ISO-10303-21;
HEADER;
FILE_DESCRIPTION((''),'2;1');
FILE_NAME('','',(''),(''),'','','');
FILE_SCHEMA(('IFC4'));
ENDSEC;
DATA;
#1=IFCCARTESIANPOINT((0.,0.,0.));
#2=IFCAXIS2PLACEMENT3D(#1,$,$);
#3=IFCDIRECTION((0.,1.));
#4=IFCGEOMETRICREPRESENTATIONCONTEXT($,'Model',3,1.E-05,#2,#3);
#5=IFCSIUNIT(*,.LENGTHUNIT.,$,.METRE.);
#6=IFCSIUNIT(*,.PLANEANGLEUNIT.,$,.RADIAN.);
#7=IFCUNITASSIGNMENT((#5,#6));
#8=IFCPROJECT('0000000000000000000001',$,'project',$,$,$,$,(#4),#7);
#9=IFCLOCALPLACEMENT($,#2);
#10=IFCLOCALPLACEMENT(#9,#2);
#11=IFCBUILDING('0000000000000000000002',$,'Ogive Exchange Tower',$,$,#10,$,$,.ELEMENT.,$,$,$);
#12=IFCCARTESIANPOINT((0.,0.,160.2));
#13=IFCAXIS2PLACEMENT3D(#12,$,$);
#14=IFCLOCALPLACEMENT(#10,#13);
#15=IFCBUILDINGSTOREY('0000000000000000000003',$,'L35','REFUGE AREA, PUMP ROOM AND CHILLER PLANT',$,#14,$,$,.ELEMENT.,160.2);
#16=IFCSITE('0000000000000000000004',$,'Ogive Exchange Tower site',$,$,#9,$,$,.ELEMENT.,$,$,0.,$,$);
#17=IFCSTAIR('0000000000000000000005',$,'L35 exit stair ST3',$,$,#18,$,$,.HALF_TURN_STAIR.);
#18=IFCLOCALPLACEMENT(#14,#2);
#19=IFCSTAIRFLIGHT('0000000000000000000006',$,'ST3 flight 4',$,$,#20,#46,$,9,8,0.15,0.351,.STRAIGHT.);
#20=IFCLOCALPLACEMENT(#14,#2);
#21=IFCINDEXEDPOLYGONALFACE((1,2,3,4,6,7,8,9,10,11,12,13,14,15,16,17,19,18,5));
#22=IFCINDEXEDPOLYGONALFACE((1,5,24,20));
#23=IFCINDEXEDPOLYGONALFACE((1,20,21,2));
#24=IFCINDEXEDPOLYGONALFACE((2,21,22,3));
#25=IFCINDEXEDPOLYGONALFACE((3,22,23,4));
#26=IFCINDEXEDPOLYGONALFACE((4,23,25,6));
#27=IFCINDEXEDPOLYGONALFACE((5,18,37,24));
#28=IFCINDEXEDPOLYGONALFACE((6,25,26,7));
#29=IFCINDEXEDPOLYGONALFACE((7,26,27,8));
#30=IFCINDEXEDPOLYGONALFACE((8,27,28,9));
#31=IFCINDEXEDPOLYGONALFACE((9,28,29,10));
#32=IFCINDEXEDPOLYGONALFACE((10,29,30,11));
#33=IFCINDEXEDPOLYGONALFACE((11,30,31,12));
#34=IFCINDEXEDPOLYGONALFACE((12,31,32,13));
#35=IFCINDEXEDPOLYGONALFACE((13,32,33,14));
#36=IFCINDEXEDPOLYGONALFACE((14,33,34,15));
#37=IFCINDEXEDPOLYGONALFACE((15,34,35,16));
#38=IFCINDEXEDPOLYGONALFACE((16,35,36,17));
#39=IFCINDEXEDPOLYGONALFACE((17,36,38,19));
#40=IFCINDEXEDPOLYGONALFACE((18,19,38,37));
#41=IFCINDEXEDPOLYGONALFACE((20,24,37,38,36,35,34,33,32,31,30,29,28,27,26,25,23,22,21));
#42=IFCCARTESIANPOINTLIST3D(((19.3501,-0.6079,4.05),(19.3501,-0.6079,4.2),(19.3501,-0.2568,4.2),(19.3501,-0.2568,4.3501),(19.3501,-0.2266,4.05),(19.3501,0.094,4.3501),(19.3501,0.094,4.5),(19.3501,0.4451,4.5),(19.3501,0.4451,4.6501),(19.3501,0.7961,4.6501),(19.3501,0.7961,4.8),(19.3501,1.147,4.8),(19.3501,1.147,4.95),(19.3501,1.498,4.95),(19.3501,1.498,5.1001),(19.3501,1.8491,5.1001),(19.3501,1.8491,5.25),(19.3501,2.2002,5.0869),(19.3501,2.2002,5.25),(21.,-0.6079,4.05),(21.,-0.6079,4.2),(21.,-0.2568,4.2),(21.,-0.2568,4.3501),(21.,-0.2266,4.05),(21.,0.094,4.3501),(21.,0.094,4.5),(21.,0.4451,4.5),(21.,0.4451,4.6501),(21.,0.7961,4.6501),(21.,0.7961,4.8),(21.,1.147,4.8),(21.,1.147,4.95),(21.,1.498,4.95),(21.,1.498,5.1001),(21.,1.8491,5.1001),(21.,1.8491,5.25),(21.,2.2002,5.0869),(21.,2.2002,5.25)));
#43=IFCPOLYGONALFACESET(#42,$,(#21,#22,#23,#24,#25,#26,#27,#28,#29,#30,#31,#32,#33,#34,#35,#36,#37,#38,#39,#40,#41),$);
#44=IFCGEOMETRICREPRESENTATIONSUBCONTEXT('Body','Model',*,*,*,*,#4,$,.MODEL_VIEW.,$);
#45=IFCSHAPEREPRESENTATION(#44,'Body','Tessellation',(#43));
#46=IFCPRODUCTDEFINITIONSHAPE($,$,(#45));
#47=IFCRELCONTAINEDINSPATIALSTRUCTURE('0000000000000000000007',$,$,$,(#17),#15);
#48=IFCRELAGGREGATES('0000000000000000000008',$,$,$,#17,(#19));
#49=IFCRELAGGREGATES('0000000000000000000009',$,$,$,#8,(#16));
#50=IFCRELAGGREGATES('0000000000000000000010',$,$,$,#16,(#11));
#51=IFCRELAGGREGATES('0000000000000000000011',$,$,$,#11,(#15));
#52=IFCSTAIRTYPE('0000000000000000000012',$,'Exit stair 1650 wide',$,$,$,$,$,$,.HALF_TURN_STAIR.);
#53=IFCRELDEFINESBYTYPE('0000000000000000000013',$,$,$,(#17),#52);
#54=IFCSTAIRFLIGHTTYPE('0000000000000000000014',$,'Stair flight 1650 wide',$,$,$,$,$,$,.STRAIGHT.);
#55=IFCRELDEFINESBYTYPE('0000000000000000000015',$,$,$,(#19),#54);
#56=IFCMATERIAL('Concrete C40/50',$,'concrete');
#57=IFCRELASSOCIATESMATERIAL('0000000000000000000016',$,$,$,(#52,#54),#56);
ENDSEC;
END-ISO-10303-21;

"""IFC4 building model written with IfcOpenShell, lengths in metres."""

from ifc_helpers import new_model, si_unit, direction, frame, origin, place, context, subcontext, project, spatial, polyline, outline, extrude, material, type_object, element, aggregate, save


model = new_model("IFC4")

# Units and contexts
model_context = context("Model", 3, precision=1e-05, world=origin(), true_north=direction((0.0, 1.0)))
body_context = subcontext(model_context, "Body", "Model", "MODEL_VIEW")
ifc_project = project(units=[si_unit("LENGTHUNIT", "METRE"), si_unit("PLANEANGLEUNIT", "RADIAN")], contexts=[model_context])

# Site, building, storey
site_placement = place(None, origin())
site = spatial("IfcSite", under=ifc_project, at=site_placement, Name="Ogive Exchange Tower site", CompositionType="ELEMENT", RefElevation=0.0)
building_placement = place(site_placement, origin())
building = spatial("IfcBuilding", under=site, at=building_placement, Name="Ogive Exchange Tower", CompositionType="ELEMENT")
storey_placement = place(building_placement, frame((0.0, 0.0, 160.2)))
storey = spatial("IfcBuildingStorey", under=building, at=storey_placement, Name="L35", Description="REFUGE AREA, PUMP ROOM AND CHILLER PLANT", CompositionType="ELEMENT", Elevation=160.2)

# Stair, stair flight
ifc_material_1 = material(Name="Concrete C40/50", Category="concrete")
stair_type = type_object("IfcStairType", Name="Exit stair 1650 wide", PredefinedType="HALF_TURN_STAIR", material=ifc_material_1)
stair_placement = place(storey_placement, origin())
stair = element("IfcStair", 1, at=stair_placement, inside=storey, type_object=stair_type, Name="L35 exit stair ST3", PredefinedType="HALF_TURN_STAIR")
stair_flight_type = type_object("IfcStairFlightType", Name="Stair flight 1650 wide", PredefinedType="STRAIGHT", material=ifc_material_1)
stair_flight_1_placement = place(storey_placement, frame((20.175, -0.6079, 4.05), z_axis=(0.0, 0.0, 1.0), x_axis=(0.0, 1.0, 0.0)))
stair_flight_1 = element("IfcStairFlight", 2, at=stair_flight_1_placement, type_object=stair_flight_type, Name="ST3 flight 4", NumberOfRisers=9, NumberOfTreads=8, PredefinedType="STRAIGHT", RiserHeight=0.15, TreadLength=0.351, context=body_context, shape_type="SweptSolid", body=[
    extrude(outline(polyline([(0.0, 0.0), (0.0, 0.1499), (0.3511, 0.1499), (0.3511, 0.3), (0.7019, 0.3), (0.7019, 0.45), (1.053, 0.45), (1.053, 0.6001), (1.4041, 0.6001), (1.4041, 0.75), (1.7549, 0.75), (1.7549, 0.8999), (2.106, 0.8999), (2.106, 1.05), (2.457, 1.05), (2.457, 1.2), (2.8081, 1.2), (2.8081, 1.3501), (2.8081, 1.0369), (0.3813, 0.0), (0.0, 0.0)])), frame((0.0, 0.825, 0.0), z_axis=(0.0, -1.0, 0.0), x_axis=(1.0, 0.0, 0.0)), (0.0, 0.0, 1.0), 1.6499),
])
aggregate(stair, [stair_flight_1])

save(model, "model.ifc")
